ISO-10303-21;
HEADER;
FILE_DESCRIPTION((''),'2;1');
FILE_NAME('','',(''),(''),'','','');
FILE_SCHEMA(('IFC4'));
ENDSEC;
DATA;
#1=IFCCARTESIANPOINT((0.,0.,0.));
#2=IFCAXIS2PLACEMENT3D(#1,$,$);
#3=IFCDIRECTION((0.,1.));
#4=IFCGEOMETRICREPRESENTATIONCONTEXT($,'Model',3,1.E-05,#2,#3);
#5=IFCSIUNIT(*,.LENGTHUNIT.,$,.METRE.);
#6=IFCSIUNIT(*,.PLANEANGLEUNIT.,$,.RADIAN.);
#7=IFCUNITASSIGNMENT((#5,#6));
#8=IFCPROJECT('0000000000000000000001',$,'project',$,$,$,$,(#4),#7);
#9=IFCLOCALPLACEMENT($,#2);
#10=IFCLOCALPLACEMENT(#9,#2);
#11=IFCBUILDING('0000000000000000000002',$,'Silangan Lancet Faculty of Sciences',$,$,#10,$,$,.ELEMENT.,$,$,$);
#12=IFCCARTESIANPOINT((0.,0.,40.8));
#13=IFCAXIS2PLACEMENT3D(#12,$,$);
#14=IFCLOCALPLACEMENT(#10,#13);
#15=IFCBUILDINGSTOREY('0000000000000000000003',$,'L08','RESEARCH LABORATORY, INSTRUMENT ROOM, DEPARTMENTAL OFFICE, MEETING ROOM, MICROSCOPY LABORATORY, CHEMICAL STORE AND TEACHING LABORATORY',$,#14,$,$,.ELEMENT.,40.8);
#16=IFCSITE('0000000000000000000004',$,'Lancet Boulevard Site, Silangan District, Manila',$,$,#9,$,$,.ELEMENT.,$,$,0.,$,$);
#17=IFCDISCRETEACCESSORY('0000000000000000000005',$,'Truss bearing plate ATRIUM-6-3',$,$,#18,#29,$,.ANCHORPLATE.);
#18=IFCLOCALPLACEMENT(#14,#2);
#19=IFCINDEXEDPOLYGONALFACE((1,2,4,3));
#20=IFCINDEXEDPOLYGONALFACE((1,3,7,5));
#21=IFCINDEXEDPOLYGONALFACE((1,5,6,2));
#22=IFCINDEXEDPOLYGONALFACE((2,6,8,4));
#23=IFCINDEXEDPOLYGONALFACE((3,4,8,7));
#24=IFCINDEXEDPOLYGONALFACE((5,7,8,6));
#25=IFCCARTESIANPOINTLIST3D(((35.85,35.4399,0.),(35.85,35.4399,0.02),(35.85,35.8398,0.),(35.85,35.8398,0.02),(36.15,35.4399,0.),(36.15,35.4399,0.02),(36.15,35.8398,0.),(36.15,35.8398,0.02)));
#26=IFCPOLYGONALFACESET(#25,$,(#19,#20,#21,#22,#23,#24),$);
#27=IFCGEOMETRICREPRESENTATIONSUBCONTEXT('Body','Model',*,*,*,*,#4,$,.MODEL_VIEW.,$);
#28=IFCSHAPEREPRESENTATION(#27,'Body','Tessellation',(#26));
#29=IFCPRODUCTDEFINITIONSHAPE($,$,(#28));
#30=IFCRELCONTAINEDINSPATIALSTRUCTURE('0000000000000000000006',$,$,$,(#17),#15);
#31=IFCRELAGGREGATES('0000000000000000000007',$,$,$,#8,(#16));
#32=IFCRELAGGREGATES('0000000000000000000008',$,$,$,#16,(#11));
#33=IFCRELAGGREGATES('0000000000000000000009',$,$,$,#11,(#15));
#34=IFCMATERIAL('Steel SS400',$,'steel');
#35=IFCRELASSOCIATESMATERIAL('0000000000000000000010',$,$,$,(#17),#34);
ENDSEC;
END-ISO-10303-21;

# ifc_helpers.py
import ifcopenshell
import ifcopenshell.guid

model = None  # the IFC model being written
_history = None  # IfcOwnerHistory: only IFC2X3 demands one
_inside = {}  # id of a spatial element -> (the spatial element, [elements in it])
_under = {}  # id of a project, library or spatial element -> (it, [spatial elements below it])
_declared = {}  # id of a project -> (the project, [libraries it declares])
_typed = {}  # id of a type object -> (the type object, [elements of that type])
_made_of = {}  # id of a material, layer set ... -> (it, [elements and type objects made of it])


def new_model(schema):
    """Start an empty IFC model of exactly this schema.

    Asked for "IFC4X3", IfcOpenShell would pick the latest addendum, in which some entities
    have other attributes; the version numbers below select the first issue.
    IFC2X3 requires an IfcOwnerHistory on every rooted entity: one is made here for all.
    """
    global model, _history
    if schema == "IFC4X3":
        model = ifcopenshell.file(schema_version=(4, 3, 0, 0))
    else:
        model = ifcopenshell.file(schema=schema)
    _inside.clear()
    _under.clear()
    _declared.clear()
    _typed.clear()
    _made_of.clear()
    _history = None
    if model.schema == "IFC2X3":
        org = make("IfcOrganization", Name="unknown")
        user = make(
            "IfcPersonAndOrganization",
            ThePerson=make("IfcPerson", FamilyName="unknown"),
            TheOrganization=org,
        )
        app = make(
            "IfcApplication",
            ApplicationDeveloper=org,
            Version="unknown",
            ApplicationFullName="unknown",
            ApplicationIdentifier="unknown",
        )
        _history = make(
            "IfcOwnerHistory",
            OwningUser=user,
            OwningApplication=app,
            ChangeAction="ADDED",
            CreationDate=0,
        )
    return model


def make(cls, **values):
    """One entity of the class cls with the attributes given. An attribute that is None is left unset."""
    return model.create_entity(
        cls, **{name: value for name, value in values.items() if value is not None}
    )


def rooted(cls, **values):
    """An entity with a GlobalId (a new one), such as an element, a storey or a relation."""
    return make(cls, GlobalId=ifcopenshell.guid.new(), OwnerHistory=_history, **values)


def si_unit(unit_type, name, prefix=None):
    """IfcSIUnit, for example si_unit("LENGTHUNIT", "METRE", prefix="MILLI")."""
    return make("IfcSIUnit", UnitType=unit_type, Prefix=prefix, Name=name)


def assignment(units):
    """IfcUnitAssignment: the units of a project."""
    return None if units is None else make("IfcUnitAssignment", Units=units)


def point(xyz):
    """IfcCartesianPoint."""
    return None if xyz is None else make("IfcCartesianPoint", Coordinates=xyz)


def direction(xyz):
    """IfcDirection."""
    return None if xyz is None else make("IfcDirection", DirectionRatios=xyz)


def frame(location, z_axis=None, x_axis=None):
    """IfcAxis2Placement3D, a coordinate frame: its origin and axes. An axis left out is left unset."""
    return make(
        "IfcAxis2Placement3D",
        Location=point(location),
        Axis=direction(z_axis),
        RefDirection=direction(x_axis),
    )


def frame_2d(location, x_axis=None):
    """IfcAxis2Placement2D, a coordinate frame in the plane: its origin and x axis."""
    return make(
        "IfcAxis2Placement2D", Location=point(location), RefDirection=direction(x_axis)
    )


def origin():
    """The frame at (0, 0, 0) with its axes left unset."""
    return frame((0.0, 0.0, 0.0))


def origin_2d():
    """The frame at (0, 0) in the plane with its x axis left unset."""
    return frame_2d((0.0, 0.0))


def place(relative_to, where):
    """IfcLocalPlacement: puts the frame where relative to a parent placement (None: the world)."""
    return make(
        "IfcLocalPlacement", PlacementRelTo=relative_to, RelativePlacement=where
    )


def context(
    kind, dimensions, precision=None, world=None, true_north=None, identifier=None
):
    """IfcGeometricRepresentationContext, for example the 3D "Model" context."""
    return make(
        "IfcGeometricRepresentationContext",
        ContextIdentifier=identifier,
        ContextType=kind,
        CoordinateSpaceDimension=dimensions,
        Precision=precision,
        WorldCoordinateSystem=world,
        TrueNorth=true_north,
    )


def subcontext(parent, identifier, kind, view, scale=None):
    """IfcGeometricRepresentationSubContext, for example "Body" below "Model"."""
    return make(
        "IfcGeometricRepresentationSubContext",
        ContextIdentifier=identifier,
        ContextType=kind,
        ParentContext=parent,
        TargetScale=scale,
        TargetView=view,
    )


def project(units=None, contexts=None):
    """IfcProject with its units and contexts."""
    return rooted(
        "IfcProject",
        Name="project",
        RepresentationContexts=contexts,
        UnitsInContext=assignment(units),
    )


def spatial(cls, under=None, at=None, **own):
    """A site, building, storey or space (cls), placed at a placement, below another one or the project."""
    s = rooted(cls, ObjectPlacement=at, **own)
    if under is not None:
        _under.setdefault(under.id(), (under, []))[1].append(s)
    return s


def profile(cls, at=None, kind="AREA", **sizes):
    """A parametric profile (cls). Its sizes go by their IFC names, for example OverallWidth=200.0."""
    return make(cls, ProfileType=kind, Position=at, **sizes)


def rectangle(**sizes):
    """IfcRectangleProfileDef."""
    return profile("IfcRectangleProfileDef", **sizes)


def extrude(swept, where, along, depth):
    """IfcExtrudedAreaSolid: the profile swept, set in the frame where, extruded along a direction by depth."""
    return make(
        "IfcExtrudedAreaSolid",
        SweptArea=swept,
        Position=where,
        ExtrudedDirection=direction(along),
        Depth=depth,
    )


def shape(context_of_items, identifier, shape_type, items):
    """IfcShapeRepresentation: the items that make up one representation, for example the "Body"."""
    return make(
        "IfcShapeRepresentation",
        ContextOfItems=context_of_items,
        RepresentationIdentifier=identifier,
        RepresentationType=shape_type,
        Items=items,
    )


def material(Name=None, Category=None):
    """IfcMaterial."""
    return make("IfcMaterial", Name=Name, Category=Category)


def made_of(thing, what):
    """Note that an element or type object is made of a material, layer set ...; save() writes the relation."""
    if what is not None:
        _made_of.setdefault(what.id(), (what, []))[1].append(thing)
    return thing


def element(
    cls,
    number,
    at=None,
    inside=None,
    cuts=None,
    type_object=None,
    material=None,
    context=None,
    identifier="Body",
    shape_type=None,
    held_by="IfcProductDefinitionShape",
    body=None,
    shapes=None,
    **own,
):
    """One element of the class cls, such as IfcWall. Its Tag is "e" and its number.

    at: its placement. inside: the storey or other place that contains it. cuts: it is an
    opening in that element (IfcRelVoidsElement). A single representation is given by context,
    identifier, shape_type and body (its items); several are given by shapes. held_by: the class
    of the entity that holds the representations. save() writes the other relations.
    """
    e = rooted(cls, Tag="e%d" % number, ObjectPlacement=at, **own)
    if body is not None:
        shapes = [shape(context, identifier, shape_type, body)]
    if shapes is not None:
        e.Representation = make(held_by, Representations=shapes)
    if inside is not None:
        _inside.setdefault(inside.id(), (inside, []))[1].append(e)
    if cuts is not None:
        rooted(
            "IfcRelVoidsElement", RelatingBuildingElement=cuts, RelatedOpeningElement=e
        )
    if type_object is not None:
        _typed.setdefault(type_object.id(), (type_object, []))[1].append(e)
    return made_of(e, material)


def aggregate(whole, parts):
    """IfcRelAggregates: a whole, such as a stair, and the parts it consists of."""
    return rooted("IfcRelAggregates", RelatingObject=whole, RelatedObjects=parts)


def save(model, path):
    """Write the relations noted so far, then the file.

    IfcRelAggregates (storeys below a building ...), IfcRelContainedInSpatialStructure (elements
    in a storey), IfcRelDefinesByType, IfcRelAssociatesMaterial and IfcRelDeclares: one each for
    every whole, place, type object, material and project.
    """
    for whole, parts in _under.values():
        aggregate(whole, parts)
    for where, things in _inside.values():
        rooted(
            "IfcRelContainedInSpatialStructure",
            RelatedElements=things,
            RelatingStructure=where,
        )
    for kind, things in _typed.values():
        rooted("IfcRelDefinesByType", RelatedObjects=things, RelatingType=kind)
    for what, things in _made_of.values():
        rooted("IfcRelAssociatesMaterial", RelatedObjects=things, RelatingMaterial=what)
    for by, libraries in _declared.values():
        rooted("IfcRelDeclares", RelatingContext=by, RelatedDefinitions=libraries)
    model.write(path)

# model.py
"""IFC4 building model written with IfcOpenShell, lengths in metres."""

from ifc_helpers import new_model, si_unit, direction, frame, origin, origin_2d, place, context, subcontext, project, spatial, rectangle, extrude, material, element, save


model = new_model("IFC4")

# Units and contexts
model_context = context("Model", 3, precision=1e-05, world=origin(), true_north=direction((0.0, 1.0)))
body_context = subcontext(model_context, "Body", "Model", "MODEL_VIEW")
ifc_project = project(units=[si_unit("LENGTHUNIT", "METRE"), si_unit("PLANEANGLEUNIT", "RADIAN")], contexts=[model_context])

# Site, building, storey
site_placement = place(None, origin())
site = spatial("IfcSite", under=ifc_project, at=site_placement, Name="Lancet Boulevard Site, Silangan District, Manila", CompositionType="ELEMENT", RefElevation=0.0)
building_placement = place(site_placement, origin())
building = spatial("IfcBuilding", under=site, at=building_placement, Name="Silangan Lancet Faculty of Sciences", CompositionType="ELEMENT")
storey_placement = place(building_placement, frame((0.0, 0.0, 40.8)))
storey = spatial("IfcBuildingStorey", under=building, at=storey_placement, Name="L08", Description="RESEARCH LABORATORY, INSTRUMENT ROOM, DEPARTMENTAL OFFICE, MEETING ROOM, MICROSCOPY LABORATORY, CHEMICAL STORE AND TEACHING LABORATORY", CompositionType="ELEMENT", Elevation=40.8)

# Discrete accessory
ifc_material_1 = material(Name="Steel SS400", Category="steel")
discrete_accessory_placement = place(storey_placement, frame((36.0, 35.6399, 0.0), z_axis=(0.0, 0.0, 1.0), x_axis=(1.0, 0.0, 0.0)))
element("IfcDiscreteAccessory", 1, at=discrete_accessory_placement, inside=storey, material=ifc_material_1, Name="Truss bearing plate ATRIUM-6-3", PredefinedType="ANCHORPLATE", context=body_context, shape_type="SweptSolid", body=[
    extrude(rectangle(XDim=0.3, YDim=0.3999, at=origin_2d()), origin(), (0.0, 0.0, 1.0), 0.02),
])

save(model, "model.ifc")
